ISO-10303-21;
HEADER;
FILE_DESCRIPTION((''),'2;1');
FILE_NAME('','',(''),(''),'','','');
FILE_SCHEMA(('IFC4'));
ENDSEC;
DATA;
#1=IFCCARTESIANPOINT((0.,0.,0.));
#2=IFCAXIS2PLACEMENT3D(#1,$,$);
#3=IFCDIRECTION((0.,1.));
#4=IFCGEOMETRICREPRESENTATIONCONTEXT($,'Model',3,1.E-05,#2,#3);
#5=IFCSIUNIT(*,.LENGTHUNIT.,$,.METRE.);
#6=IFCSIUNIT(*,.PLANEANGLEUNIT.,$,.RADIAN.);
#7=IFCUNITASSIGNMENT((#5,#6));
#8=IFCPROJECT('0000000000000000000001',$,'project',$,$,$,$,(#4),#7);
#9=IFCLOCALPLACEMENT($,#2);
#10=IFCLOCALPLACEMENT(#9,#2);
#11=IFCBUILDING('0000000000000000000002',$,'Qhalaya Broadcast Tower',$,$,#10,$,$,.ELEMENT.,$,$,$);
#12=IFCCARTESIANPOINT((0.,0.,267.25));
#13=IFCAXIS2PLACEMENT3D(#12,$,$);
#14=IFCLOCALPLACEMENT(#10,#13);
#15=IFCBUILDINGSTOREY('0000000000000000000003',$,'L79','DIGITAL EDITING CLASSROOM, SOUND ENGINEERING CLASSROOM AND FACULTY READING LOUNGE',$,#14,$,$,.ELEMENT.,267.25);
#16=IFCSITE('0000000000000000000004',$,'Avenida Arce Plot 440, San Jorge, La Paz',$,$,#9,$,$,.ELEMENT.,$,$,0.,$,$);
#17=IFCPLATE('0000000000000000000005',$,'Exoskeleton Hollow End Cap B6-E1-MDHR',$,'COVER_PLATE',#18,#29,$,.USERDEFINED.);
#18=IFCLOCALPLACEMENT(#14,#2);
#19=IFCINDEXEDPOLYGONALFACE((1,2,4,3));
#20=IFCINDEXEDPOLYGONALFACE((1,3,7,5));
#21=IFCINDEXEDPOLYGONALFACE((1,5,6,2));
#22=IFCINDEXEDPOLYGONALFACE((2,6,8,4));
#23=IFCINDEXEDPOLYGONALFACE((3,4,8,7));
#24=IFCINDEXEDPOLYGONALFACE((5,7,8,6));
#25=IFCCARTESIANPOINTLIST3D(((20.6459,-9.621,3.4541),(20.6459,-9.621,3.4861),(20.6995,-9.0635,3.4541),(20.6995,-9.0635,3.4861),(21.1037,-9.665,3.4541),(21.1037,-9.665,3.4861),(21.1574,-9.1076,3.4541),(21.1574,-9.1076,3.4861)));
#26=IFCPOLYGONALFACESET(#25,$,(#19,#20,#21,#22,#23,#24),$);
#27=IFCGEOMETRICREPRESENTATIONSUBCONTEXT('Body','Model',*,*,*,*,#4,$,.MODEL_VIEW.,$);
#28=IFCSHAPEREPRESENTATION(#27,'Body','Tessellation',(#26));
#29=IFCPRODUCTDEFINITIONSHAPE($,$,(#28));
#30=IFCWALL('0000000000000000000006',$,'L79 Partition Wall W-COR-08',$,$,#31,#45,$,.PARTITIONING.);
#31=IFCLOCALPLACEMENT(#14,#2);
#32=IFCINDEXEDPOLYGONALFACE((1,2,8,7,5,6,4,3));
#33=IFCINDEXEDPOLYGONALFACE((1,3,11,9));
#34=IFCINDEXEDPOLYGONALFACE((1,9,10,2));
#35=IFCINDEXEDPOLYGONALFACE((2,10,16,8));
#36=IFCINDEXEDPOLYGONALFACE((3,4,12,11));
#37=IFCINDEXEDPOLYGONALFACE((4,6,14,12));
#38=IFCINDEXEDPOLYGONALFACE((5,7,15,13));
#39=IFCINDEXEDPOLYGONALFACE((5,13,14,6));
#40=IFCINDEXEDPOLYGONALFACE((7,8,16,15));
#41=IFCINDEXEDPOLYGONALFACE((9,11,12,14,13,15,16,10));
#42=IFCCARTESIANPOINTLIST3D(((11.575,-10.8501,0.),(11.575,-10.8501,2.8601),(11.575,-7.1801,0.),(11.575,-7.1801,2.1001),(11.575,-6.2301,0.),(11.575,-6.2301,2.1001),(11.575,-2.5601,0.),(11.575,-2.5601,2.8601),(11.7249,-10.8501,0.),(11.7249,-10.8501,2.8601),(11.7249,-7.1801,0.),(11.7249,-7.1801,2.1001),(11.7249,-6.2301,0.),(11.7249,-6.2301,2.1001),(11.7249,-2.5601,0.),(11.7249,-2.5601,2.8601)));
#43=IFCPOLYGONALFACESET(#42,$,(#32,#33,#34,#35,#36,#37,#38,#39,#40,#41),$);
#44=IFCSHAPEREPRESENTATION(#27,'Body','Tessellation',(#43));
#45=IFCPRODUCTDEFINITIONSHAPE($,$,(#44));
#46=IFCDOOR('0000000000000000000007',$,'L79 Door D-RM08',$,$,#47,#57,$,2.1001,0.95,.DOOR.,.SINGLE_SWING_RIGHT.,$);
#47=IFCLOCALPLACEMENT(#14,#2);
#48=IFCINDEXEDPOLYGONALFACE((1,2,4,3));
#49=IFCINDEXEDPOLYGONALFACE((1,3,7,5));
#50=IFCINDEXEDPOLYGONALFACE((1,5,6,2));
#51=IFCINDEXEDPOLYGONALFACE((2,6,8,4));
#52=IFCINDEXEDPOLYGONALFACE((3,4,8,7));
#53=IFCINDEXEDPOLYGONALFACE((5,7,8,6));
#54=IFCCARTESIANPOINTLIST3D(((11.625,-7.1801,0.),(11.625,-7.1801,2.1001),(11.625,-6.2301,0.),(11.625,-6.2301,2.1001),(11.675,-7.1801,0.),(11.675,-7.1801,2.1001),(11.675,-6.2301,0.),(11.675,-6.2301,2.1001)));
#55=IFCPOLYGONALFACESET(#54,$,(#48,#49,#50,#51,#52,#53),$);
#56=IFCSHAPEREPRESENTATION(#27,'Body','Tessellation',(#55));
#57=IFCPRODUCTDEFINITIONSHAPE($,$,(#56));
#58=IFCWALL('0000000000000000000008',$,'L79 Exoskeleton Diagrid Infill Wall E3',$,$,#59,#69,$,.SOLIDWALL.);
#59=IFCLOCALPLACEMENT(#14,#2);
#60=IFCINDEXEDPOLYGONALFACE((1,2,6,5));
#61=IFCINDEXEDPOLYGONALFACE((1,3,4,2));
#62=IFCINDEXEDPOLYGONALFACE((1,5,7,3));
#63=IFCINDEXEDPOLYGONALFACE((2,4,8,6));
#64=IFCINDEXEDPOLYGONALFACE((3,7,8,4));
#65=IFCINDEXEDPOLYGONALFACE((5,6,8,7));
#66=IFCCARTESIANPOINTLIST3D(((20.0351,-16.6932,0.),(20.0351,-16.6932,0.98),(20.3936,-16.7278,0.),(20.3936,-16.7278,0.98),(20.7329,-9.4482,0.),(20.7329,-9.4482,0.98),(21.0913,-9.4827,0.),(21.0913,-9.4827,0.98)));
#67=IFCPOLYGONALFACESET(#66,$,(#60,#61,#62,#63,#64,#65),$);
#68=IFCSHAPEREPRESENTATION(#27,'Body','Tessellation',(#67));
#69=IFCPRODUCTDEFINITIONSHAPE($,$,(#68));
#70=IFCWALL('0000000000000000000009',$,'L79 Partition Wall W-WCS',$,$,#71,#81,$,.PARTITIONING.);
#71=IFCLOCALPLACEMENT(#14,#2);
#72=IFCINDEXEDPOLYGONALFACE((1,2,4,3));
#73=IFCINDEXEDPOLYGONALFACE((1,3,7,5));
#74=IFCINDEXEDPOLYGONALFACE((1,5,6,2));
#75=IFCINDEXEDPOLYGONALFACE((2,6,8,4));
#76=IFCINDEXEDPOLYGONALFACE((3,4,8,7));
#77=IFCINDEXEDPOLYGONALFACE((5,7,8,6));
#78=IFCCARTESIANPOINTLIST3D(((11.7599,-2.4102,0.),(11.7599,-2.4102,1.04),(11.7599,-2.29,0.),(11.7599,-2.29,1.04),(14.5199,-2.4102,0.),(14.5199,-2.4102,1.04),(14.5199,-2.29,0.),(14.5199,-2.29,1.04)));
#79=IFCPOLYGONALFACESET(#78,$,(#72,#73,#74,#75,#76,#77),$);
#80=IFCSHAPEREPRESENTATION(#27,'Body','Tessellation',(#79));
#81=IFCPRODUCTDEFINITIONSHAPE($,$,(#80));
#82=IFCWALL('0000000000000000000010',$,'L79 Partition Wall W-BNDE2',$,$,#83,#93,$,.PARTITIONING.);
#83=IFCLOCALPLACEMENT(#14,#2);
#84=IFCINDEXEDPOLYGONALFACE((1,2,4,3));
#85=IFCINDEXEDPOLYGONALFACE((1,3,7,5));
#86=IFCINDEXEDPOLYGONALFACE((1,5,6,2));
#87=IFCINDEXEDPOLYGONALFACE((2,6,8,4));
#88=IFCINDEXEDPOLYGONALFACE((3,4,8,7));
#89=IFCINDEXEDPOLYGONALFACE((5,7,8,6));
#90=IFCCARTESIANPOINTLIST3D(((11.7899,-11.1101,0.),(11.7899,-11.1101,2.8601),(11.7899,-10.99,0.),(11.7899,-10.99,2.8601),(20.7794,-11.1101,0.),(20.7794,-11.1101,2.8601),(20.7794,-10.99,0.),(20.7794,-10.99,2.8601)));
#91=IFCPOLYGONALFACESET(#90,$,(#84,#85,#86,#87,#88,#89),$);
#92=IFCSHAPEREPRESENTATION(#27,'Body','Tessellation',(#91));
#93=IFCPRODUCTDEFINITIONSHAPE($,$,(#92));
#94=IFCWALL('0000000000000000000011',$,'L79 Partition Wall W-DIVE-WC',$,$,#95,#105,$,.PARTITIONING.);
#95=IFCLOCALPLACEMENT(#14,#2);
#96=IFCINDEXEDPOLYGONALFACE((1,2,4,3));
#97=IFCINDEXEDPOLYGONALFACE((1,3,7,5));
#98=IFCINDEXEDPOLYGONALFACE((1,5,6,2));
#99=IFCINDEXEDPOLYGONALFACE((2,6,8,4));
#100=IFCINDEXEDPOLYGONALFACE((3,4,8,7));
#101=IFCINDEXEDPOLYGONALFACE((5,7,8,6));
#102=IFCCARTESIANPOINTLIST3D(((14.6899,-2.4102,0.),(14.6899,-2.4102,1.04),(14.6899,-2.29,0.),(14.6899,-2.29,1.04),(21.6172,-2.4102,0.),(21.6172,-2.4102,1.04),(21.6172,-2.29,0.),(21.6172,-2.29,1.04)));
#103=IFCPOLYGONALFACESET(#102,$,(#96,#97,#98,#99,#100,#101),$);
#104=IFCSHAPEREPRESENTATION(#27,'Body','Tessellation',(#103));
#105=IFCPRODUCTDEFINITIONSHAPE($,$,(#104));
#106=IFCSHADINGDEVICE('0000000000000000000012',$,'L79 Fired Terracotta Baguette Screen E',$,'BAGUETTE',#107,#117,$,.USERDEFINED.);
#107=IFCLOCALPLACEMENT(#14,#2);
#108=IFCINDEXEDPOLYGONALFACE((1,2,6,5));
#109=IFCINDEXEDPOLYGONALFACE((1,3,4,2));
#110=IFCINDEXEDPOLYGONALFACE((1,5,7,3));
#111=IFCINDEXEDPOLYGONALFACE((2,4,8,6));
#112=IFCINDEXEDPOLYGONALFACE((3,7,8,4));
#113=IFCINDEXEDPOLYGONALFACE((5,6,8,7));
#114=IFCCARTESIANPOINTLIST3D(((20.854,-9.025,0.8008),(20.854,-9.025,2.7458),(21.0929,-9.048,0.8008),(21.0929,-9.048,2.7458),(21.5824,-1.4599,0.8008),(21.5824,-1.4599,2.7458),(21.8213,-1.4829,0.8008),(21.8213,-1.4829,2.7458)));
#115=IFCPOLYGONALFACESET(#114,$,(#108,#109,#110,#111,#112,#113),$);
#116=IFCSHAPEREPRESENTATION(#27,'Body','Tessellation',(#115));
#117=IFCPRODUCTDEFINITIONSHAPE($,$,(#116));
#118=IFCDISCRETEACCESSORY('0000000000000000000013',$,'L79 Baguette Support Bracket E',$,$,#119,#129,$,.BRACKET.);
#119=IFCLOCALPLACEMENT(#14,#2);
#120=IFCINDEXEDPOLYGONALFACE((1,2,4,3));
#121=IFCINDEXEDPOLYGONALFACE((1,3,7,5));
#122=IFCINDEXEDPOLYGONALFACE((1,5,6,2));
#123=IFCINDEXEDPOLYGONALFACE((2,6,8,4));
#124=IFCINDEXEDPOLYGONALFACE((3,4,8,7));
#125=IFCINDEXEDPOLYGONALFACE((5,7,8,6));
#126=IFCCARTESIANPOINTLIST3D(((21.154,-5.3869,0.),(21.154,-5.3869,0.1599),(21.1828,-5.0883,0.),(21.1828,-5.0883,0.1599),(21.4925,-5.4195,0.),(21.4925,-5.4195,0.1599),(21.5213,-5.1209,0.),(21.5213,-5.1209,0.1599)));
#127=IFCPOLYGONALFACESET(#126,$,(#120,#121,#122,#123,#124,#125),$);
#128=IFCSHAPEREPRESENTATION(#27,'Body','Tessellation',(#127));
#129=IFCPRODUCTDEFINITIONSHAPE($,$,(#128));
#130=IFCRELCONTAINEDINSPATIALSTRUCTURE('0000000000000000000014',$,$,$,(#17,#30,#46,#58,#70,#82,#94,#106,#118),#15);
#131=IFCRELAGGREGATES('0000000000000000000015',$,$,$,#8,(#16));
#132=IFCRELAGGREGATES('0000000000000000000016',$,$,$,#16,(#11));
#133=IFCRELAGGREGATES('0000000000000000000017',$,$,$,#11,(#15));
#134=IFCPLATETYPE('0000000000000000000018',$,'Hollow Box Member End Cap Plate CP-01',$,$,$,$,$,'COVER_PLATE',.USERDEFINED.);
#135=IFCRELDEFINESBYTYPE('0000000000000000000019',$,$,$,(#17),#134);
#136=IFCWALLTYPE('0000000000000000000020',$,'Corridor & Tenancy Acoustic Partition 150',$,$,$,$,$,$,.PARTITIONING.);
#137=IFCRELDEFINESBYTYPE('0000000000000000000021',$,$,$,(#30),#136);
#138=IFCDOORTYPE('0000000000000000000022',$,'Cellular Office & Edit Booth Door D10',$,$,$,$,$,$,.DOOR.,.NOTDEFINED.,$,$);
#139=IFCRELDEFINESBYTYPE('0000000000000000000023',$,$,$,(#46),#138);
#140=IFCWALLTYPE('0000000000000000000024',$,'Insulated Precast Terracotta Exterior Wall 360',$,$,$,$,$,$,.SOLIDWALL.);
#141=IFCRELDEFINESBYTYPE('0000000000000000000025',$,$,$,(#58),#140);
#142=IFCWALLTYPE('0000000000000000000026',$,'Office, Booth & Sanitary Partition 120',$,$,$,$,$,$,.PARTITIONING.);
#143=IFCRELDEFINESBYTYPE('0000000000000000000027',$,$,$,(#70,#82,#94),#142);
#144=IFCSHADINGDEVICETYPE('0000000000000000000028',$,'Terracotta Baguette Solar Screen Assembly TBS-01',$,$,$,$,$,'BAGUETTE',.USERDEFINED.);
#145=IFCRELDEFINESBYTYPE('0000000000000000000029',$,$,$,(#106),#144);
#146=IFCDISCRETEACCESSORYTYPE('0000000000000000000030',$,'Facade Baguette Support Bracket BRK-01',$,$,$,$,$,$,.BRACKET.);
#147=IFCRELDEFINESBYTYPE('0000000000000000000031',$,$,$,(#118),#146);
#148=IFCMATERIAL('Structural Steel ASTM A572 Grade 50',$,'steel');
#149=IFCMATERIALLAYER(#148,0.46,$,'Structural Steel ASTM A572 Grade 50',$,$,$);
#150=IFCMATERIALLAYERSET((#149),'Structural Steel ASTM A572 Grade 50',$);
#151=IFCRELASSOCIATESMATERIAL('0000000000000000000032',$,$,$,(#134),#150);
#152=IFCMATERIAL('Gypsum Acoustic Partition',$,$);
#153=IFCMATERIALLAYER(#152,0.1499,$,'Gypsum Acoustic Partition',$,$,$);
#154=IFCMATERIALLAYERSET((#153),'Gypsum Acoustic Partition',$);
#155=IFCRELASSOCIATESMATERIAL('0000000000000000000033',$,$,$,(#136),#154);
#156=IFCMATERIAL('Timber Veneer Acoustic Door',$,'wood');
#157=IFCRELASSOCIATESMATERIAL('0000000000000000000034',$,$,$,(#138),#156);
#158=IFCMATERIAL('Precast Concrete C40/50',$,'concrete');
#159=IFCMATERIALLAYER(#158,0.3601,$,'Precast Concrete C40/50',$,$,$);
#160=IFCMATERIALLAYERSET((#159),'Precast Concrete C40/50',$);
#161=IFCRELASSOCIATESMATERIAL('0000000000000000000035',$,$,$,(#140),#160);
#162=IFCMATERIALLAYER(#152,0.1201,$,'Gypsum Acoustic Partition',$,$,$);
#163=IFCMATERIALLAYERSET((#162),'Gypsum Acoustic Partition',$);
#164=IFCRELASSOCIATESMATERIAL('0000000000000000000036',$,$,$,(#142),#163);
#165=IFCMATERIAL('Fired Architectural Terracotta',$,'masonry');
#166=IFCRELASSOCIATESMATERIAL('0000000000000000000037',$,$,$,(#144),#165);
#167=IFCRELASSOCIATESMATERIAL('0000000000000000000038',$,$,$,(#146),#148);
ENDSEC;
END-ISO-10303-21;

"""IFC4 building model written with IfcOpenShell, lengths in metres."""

from ifc_helpers import new_model, si_unit, direction, frame, frame_2d, origin, origin_2d, place, context, subcontext, project, spatial, rectangle, extrude, material, layer, layer_set, type_object, element, fill, save


model = new_model("IFC4")

# Units and contexts
model_context = context("Model", 3, precision=1e-05, world=origin(), true_north=direction((0.0, 1.0)))
body_context = subcontext(model_context, "Body", "Model", "MODEL_VIEW")
ifc_project = project(units=[si_unit("LENGTHUNIT", "METRE"), si_unit("PLANEANGLEUNIT", "RADIAN")], contexts=[model_context])

# Site, building, storey
site_placement = place(None, origin())
site = spatial("IfcSite", under=ifc_project, at=site_placement, Name="Avenida Arce Plot 440, San Jorge, La Paz", CompositionType="ELEMENT", RefElevation=0.0)
building_placement = place(site_placement, origin())
building = spatial("IfcBuilding", under=site, at=building_placement, Name="Qhalaya Broadcast Tower", CompositionType="ELEMENT")
storey_placement = place(building_placement, frame((0.0, 0.0, 267.25)))
storey = spatial("IfcBuildingStorey", under=building, at=storey_placement, Name="L79", Description="DIGITAL EDITING CLASSROOM, SOUND ENGINEERING CLASSROOM AND FACULTY READING LOUNGE", CompositionType="ELEMENT", Elevation=267.25)

# Shared definitions
ifc_material_1 = material(Name="Structural Steel ASTM A572 Grade 50", Category="steel")

# Plate
ifc_layer_1 = layer(ifc_material_1, 0.46, Name="Structural Steel ASTM A572 Grade 50")
ifc_layer_set_1 = layer_set([ifc_layer_1], Name="Structural Steel ASTM A572 Grade 50")
plate_type_1 = type_object("IfcPlateType", Name="Hollow Box Member End Cap Plate CP-01", ElementType="COVER_PLATE", PredefinedType="USERDEFINED", material=ifc_layer_set_1)
for number, where, z_axis, x_axis, name in (
    (1, (20.9016, -9.3643, 3.4541), (0.0, 0.0, 1.0), (0.095846, 0.995396, 0.0), "Exoskeleton Hollow End Cap B6-E1-MDHR"),
):
    element("IfcPlate", number, at=place(storey_placement, frame(where, z_axis=z_axis, x_axis=x_axis)), inside=storey, type_object=plate_type_1, Name=name, ObjectType="COVER_PLATE", PredefinedType="USERDEFINED", context=body_context, shape_type="SweptSolid", body=[
        extrude(rectangle(XDim=0.5601, YDim=0.46, at=origin_2d()), origin(), (0.0, 0.0, 1.0), 0.032),
    ])

# Wall, opening, door
ifc_material_2 = material(Name="Gypsum Acoustic Partition")
ifc_layer_2 = layer(ifc_material_2, 0.1499, Name="Gypsum Acoustic Partition")
ifc_layer_set_2 = layer_set([ifc_layer_2], Name="Gypsum Acoustic Partition")
wall_type_1 = type_object("IfcWallType", Name="Corridor & Tenancy Acoustic Partition 150", PredefinedType="PARTITIONING", material=ifc_layer_set_2)
wall_1_placement = place(storey_placement, frame((11.6499, -10.8501, 0.0), z_axis=(0.0, 0.0, 1.0), x_axis=(0.0, 1.0, 0.0)))
wall_1 = element("IfcWall", 2, at=wall_1_placement, inside=storey, type_object=wall_type_1, Name="L79 Partition Wall W-COR-08", PredefinedType="PARTITIONING", context=body_context, shape_type="SweptSolid", body=[
    extrude(rectangle(XDim=8.29, YDim=0.1499, at=frame_2d((4.145, 0.0))), origin(), (0.0, 0.0, 1.0), 2.8601),
])
opening_placement = place(wall_1_placement, frame((3.6699, 0.0, 0.0)))
opening = element("IfcOpeningElement", 3, at=opening_placement, cuts=wall_1, PredefinedType="OPENING", context=body_context, shape_type="SweptSolid", body=[
    extrude(rectangle(XDim=0.95, YDim=2.1001, at=frame_2d((0.4751, 1.05))), frame((0.0, 0.0869, 0.0), z_axis=(0.0, -1.0, 0.0), x_axis=(1.0, 0.0, 0.0)), (0.0, 0.0, 1.0), 0.1738),
])
ifc_material_3 = material(Name="Timber Veneer Acoustic Door", Category="wood")
door_type = type_object("IfcDoorType", Name="Cellular Office & Edit Booth Door D10", OperationType="NOTDEFINED", PredefinedType="DOOR", material=ifc_material_3)
door_placement = place(opening_placement, origin())
door = element("IfcDoor", 4, at=door_placement, inside=storey, type_object=door_type, Name="L79 Door D-RM08", OperationType="SINGLE_SWING_RIGHT", OverallHeight=2.1001, OverallWidth=0.95, PredefinedType="DOOR", context=body_context, shape_type="SweptSolid", body=[
    extrude(rectangle(XDim=0.95, YDim=2.1001, at=frame_2d((0.4751, 1.05))), frame((0.0, 0.0249, 0.0), z_axis=(0.0, -1.0, 0.0), x_axis=(1.0, 0.0, 0.0)), (0.0, 0.0, 1.0), 0.05),
])
fill(opening, door)

# Walls
ifc_material_4 = material(Name="Precast Concrete C40/50", Category="concrete")
ifc_layer_3 = layer(ifc_material_4, 0.3601, Name="Precast Concrete C40/50")
ifc_layer_set_3 = layer_set([ifc_layer_3], Name="Precast Concrete C40/50")
wall_type_2 = type_object("IfcWallType", Name="Insulated Precast Terracotta Exterior Wall 360", PredefinedType="SOLIDWALL", material=ifc_layer_set_3)
wall_2_placement = place(storey_placement, frame((20.9121, -9.4656, 0.0), z_axis=(0.0, 0.0, 1.0), x_axis=(-0.095863, -0.995395, 0.0)))
element("IfcWall", 5, at=wall_2_placement, inside=storey, type_object=wall_type_2, Name="L79 Exoskeleton Diagrid Infill Wall E3", PredefinedType="SOLIDWALL", context=body_context, shape_type="SweptSolid", body=[
    extrude(rectangle(XDim=7.2786, YDim=0.3601, at=frame_2d((3.6392, 0.0))), origin(), (0.0, 0.0, 1.0), 0.98),
])
ifc_layer_4 = layer(ifc_material_2, 0.1201, Name="Gypsum Acoustic Partition")
ifc_layer_set_4 = layer_set([ifc_layer_4], Name="Gypsum Acoustic Partition")
wall_type_3 = type_object("IfcWallType", Name="Office, Booth & Sanitary Partition 120", PredefinedType="PARTITIONING", material=ifc_layer_set_4)
wall_3_placement = place(storey_placement, frame((11.76, -2.3501, 0.0), z_axis=(0.0, 0.0, 1.0), x_axis=(1.0, 0.0, 0.0)))
element("IfcWall", 6, at=wall_3_placement, inside=storey, type_object=wall_type_3, Name="L79 Partition Wall W-WCS", PredefinedType="PARTITIONING", context=body_context, shape_type="SweptSolid", body=[
    extrude(rectangle(XDim=2.76, YDim=0.1201, at=frame_2d((1.3799, 0.0))), origin(), (0.0, 0.0, 1.0), 1.04),
])
wall_4_placement = place(storey_placement, frame((11.79, -11.05, 0.0), z_axis=(0.0, 0.0, 1.0), x_axis=(1.0, 0.0, 0.0)))
element("IfcWall", 7, at=wall_4_placement, inside=storey, type_object=wall_type_3, Name="L79 Partition Wall W-BNDE2", PredefinedType="PARTITIONING", context=body_context, shape_type="SweptSolid", body=[
    extrude(rectangle(XDim=8.9895, YDim=0.1201, at=frame_2d((4.4946, 0.0))), origin(), (0.0, 0.0, 1.0), 2.8601),
])
wall_5_placement = place(storey_placement, frame((14.6899, -2.3501, 0.0), z_axis=(0.0, 0.0, 1.0), x_axis=(1.0, 0.0, 0.0)))
element("IfcWall", 8, at=wall_5_placement, inside=storey, type_object=wall_type_3, Name="L79 Partition Wall W-DIVE-WC", PredefinedType="PARTITIONING", context=body_context, shape_type="SweptSolid", body=[
    extrude(rectangle(XDim=6.9272, YDim=0.1201, at=frame_2d((3.4636, 0.0))), origin(), (0.0, 0.0, 1.0), 1.04),
])

# Shading device
ifc_material_5 = material(Name="Fired Architectural Terracotta", Category="masonry")
shading_device_type = type_object("IfcShadingDeviceType", Name="Terracotta Baguette Solar Screen Assembly TBS-01", ElementType="BAGUETTE", PredefinedType="USERDEFINED", material=ifc_material_5)
shading_device_placement = place(storey_placement, frame((21.3376, -5.2539, 0.8008), z_axis=(0.0, 0.0, 1.0), x_axis=(0.095846, 0.995396, 0.0)))
element("IfcShadingDevice", 9, at=shading_device_placement, inside=storey, type_object=shading_device_type, Name="L79 Fired Terracotta Baguette Screen E", ObjectType="BAGUETTE", PredefinedType="USERDEFINED", context=body_context, shape_type="SweptSolid", body=[
    extrude(rectangle(XDim=7.6001, YDim=0.24, at=origin_2d()), origin(), (0.0, 0.0, 1.0), 1.9451),
])

# Discrete accessory
discrete_accessory_type = type_object("IfcDiscreteAccessoryType", Name="Facade Baguette Support Bracket BRK-01", PredefinedType="BRACKET", material=ifc_material_1)
discrete_accessory_placement = place(storey_placement, frame((21.3376, -5.2539, 0.0), z_axis=(0.0, 0.0, 1.0), x_axis=(0.095846, 0.995396, 0.0)))
element("IfcDiscreteAccessory", 10, at=discrete_accessory_placement, inside=storey, type_object=discrete_accessory_type, Name="L79 Baguette Support Bracket E", PredefinedType="BRACKET", context=body_context, shape_type="SweptSolid", body=[
    extrude(rectangle(XDim=0.3, YDim=0.3401, at=origin_2d()), origin(), (0.0, 0.0, 1.0), 0.1599),
])

save(model, "model.ifc")
